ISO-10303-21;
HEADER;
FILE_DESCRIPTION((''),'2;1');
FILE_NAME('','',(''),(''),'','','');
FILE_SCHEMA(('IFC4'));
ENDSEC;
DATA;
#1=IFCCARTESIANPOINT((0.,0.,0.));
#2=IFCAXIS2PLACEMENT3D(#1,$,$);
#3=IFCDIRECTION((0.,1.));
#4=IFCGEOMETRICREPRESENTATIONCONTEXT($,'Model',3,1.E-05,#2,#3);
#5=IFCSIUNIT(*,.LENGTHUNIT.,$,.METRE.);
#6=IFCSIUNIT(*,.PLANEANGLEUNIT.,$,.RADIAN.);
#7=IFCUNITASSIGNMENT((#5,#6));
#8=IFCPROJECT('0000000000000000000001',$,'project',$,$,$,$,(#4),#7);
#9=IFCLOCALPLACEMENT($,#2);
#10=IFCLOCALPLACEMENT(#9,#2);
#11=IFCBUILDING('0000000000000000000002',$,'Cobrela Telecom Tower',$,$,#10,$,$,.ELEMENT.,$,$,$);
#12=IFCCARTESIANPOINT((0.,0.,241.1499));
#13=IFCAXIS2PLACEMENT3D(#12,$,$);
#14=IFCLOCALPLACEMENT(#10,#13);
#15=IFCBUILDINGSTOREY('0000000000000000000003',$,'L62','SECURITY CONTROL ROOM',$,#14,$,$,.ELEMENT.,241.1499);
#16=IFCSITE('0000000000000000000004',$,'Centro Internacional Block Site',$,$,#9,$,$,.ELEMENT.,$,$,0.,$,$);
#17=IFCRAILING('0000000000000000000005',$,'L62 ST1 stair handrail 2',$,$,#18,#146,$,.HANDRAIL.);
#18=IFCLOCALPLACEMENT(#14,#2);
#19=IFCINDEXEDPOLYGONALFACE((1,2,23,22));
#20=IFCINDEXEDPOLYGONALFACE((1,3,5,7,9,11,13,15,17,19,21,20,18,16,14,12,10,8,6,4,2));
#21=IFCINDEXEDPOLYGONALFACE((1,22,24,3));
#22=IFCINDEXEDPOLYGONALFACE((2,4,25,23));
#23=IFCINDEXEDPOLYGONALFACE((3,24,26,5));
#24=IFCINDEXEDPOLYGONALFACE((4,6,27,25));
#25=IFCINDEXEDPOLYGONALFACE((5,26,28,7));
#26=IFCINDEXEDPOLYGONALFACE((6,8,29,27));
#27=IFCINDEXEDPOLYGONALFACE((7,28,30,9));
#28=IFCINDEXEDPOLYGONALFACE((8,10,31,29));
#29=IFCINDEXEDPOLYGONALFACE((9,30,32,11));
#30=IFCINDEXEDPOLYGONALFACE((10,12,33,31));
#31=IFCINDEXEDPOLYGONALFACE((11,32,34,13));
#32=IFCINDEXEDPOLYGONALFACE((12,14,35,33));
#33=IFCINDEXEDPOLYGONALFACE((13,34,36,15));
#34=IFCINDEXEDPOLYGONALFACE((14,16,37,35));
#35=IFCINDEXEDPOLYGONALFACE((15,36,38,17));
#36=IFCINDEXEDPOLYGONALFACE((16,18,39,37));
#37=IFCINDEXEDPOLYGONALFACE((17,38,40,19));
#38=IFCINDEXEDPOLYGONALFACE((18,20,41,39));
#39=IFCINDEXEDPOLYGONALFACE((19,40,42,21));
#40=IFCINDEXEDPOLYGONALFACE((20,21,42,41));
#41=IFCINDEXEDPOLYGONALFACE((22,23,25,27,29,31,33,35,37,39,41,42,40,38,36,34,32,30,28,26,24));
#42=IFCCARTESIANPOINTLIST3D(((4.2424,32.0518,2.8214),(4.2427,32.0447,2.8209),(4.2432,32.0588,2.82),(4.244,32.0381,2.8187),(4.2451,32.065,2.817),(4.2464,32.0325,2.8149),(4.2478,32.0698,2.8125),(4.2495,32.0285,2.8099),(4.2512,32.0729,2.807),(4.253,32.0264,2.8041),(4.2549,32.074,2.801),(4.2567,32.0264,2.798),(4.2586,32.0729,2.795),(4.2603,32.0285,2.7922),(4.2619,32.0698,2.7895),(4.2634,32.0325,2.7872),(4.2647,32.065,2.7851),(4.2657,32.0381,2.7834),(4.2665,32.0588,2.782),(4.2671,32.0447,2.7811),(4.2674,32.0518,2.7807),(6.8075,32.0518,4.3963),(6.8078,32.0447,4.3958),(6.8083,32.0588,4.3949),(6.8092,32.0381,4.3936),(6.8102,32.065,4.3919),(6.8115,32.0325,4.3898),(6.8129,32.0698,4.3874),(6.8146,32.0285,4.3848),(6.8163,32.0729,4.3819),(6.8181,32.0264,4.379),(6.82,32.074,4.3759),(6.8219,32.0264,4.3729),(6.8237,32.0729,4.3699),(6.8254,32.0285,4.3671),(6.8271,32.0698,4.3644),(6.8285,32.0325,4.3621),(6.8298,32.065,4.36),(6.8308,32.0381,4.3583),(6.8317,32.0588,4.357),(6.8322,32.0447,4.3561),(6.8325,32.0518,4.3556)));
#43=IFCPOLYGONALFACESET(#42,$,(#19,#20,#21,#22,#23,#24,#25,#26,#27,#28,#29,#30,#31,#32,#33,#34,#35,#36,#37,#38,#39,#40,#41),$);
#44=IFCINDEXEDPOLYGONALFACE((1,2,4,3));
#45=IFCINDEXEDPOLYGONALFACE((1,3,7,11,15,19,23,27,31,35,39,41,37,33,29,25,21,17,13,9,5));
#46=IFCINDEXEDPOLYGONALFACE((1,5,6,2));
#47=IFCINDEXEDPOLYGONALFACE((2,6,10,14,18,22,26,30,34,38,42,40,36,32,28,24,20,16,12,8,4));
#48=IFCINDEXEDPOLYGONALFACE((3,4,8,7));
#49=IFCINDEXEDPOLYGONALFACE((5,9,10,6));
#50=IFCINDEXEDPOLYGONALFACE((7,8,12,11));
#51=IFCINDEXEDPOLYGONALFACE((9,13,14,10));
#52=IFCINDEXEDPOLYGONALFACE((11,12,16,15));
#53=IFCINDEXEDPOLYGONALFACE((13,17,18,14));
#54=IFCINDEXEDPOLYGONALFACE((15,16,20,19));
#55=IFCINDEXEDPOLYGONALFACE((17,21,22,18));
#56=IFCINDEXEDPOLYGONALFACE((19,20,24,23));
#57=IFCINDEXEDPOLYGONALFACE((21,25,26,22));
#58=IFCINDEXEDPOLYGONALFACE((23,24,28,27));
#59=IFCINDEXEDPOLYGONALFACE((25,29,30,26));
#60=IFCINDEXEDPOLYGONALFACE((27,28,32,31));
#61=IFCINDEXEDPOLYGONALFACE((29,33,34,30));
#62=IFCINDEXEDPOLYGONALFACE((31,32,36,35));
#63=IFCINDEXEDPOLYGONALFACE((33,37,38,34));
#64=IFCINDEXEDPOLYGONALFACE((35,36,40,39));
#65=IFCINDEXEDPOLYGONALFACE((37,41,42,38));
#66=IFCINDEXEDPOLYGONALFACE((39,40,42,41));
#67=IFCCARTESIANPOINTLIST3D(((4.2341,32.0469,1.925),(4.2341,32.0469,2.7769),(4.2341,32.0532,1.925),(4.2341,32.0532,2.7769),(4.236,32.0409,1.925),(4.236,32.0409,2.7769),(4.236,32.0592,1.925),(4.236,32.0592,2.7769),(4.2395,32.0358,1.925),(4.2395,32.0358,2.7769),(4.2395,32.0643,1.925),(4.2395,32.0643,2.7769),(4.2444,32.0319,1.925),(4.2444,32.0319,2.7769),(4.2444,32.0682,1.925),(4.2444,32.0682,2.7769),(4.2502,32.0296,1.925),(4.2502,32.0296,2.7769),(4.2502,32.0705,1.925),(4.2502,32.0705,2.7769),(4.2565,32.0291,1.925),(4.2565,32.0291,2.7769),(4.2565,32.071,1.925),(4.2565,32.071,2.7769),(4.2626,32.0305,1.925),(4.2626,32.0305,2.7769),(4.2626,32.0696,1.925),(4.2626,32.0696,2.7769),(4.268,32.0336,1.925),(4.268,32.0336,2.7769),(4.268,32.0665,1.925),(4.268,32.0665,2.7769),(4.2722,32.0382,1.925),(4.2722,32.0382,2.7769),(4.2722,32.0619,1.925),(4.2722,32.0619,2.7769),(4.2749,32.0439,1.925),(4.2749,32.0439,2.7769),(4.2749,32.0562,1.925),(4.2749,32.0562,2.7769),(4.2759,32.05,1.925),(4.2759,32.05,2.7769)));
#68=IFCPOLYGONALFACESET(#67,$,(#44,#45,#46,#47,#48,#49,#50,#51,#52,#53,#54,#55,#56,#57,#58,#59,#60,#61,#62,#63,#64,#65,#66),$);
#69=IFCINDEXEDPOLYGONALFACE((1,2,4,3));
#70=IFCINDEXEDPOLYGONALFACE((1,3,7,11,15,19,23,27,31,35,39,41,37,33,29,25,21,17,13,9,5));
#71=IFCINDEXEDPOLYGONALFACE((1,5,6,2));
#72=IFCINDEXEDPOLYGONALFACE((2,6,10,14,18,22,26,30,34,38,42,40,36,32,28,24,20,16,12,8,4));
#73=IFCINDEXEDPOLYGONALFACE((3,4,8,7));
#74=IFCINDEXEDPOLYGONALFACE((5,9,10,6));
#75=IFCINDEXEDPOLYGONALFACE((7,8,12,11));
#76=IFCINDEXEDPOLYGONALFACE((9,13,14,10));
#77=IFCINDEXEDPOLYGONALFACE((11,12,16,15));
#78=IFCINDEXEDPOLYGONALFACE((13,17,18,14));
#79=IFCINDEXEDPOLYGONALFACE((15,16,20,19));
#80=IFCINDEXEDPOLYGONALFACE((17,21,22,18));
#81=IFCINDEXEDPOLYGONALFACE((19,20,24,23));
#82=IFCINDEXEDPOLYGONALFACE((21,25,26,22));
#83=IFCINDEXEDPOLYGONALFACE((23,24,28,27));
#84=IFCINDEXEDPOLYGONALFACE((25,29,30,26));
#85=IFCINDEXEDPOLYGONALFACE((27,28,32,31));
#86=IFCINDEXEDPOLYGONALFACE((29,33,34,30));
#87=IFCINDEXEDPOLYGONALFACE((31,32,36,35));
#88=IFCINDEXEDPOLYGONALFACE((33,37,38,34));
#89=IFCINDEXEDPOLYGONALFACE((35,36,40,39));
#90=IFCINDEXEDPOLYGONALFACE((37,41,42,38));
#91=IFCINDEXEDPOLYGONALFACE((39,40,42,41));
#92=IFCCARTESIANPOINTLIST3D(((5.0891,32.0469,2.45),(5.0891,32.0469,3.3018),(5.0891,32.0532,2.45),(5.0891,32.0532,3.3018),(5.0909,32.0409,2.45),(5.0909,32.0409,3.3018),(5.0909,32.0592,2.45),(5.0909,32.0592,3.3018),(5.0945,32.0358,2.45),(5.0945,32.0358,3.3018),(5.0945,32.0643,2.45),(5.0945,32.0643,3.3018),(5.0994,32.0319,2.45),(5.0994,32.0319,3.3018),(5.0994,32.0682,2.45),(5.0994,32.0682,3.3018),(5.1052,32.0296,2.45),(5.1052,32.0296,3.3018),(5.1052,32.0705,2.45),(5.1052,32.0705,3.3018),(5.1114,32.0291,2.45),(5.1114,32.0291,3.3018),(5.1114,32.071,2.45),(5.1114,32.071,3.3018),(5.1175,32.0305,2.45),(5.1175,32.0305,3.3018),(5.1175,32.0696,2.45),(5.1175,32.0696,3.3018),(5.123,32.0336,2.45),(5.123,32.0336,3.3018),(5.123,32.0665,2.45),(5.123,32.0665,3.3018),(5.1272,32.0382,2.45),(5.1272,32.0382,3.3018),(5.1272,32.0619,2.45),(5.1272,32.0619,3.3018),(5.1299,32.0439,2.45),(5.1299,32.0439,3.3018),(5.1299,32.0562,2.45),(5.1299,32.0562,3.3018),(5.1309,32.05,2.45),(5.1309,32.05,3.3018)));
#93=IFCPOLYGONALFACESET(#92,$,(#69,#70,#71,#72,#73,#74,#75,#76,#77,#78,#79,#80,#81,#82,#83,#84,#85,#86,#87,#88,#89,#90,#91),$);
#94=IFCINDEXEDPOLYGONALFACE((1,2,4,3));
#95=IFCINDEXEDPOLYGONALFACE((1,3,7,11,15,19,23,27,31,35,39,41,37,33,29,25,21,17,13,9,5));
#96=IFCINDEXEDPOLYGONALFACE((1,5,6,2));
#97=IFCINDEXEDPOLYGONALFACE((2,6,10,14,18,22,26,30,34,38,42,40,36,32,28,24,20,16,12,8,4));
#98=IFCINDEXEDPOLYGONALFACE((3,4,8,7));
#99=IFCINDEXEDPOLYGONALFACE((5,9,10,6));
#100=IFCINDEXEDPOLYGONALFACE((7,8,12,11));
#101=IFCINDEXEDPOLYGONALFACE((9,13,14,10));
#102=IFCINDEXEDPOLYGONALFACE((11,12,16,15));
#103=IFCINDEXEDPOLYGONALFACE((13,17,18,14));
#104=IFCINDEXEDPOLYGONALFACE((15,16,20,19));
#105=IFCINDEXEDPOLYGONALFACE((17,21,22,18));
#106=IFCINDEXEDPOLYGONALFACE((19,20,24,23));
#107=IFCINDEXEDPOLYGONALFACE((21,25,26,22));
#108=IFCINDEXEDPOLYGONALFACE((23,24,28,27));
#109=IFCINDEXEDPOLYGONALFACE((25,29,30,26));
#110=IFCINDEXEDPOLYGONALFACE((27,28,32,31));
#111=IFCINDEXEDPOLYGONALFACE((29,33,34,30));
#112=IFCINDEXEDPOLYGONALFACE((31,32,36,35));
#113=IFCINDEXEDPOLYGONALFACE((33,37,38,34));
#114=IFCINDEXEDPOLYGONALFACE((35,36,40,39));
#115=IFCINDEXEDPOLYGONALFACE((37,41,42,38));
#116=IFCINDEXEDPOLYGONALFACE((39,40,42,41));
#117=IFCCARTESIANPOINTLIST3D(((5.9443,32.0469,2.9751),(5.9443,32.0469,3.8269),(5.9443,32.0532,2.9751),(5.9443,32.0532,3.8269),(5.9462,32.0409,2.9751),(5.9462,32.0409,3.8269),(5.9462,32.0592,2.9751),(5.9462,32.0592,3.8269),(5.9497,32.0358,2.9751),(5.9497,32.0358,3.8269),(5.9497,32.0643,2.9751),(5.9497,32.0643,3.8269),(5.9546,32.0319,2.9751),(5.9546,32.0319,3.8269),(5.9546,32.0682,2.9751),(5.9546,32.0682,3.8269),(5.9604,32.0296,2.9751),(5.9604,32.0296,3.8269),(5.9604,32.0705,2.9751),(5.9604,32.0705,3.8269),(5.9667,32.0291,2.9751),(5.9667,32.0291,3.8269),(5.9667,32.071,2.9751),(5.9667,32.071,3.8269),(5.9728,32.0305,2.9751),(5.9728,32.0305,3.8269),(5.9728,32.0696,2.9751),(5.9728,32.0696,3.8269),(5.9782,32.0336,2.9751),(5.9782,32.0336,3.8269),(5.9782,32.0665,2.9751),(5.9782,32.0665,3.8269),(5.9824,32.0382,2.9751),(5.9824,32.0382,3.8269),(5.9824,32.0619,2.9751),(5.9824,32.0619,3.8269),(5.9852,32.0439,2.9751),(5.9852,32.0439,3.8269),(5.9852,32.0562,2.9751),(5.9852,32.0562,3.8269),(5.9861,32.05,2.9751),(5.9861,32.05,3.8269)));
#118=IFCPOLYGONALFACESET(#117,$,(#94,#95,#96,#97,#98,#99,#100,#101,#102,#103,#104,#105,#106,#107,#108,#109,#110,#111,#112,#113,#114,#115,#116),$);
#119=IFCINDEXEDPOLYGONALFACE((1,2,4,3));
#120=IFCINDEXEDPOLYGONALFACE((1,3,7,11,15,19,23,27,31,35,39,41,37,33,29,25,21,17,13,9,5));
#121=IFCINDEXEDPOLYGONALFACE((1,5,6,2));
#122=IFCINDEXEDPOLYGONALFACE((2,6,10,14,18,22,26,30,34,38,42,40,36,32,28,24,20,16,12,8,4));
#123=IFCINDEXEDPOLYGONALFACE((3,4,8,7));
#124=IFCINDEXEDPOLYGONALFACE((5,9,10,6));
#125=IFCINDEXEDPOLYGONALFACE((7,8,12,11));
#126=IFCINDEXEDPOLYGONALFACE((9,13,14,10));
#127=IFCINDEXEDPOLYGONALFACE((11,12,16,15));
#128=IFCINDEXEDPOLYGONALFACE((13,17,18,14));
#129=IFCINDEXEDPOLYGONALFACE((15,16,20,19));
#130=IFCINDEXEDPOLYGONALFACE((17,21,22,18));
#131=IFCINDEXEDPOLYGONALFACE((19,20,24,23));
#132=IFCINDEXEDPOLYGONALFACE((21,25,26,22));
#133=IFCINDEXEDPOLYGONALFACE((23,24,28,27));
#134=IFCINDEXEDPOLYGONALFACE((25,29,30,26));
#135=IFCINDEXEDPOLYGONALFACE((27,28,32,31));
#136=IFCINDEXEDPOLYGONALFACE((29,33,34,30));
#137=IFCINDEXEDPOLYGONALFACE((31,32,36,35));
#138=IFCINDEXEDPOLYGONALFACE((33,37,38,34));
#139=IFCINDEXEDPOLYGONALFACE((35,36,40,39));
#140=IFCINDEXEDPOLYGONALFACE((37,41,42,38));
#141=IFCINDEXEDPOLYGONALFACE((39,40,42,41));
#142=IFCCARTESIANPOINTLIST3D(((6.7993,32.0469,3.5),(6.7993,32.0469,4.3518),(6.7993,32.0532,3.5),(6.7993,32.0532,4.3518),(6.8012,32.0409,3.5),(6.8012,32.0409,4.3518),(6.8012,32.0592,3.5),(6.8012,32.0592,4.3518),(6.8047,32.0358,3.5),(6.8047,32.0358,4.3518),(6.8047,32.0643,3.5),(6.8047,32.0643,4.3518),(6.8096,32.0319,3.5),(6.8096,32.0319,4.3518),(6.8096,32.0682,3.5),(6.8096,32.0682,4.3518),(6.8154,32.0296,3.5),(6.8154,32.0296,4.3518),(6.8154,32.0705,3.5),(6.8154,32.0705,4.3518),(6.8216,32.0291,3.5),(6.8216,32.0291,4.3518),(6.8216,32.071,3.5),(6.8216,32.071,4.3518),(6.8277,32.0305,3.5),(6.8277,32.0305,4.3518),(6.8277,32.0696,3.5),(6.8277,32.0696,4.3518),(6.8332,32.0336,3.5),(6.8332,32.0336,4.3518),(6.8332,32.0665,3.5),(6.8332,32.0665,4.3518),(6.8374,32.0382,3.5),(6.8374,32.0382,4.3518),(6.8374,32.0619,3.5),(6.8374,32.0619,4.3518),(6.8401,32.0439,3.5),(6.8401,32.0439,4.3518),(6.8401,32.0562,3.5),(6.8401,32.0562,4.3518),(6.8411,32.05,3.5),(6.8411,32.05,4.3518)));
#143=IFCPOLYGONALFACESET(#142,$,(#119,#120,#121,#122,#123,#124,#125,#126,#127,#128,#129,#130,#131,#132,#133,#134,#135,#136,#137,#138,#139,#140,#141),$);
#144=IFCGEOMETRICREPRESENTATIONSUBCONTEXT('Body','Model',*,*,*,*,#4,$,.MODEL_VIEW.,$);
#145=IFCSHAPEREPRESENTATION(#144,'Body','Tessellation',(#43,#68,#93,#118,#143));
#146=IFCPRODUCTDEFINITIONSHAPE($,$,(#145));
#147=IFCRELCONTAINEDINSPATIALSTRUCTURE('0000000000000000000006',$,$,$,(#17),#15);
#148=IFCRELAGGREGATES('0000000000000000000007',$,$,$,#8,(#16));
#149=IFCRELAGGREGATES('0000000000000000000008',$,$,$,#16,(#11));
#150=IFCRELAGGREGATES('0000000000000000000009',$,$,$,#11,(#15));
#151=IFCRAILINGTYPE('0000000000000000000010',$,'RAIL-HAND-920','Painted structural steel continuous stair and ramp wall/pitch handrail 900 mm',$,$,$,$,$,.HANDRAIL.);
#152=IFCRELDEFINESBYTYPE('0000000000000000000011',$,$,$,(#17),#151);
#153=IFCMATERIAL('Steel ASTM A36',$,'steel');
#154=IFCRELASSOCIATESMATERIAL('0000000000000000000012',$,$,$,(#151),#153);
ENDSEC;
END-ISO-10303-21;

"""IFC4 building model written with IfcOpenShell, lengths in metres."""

from ifc_helpers import new_model, si_unit, direction, frame, origin, origin_2d, place, context, subcontext, project, spatial, circle, extrude, material, type_object, element, save


model = new_model("IFC4")

# Units and contexts
model_context = context("Model", 3, precision=1e-05, world=origin(), true_north=direction((0.0, 1.0)))
body_context = subcontext(model_context, "Body", "Model", "MODEL_VIEW")
ifc_project = project(units=[si_unit("LENGTHUNIT", "METRE"), si_unit("PLANEANGLEUNIT", "RADIAN")], contexts=[model_context])

# Site, building, storey
site_placement = place(None, origin())
site = spatial("IfcSite", under=ifc_project, at=site_placement, Name="Centro Internacional Block Site", CompositionType="ELEMENT", RefElevation=0.0)
building_placement = place(site_placement, origin())
building = spatial("IfcBuilding", under=site, at=building_placement, Name="Cobrela Telecom Tower", CompositionType="ELEMENT")
storey_placement = place(building_placement, frame((0.0, 0.0, 241.1499)))
storey = spatial("IfcBuildingStorey", under=building, at=storey_placement, Name="L62", Description="SECURITY CONTROL ROOM", CompositionType="ELEMENT", Elevation=241.1499)

# Shared definitions
ifc_material_1 = material(Name="Steel ASTM A36", Category="steel")

# Railing
railing_type_1 = type_object("IfcRailingType", Name="RAIL-HAND-920", Description="Painted structural steel continuous stair and ramp wall/pitch handrail 900 mm", PredefinedType="HANDRAIL", material=ifc_material_1)
railing_1_placement = place(storey_placement, frame((4.2549, 32.05, 1.925)))
element("IfcRailing", 1, at=railing_1_placement, inside=storey, type_object=railing_type_1, Name="L62 ST1 stair handrail 2", PredefinedType="HANDRAIL", context=body_context, shape_type="SweptSolid", body=[
    extrude(circle(Radius=0.0239, at=origin_2d()), frame((0.0, 0.0, 0.876), z_axis=(0.852195, 0.0, 0.523224), x_axis=(0.0, 1.0, 0.0)), (0.0, 0.0, 1.0), 3.01),
    extrude(circle(Radius=0.021, at=origin_2d()), origin(), (0.0, 0.0, 1.0), 0.8518),
    extrude(circle(Radius=0.021, at=origin_2d()), frame((0.855, 0.0, 0.5249)), (0.0, 0.0, 1.0), 0.8518),
    extrude(circle(Radius=0.021, at=origin_2d()), frame((1.7102, 0.0, 1.05)), (0.0, 0.0, 1.0), 0.8518),
    extrude(circle(Radius=0.021, at=origin_2d()), frame((2.5652, 0.0, 1.575)), (0.0, 0.0, 1.0), 0.8518),
])

save(model, "model.ifc")
